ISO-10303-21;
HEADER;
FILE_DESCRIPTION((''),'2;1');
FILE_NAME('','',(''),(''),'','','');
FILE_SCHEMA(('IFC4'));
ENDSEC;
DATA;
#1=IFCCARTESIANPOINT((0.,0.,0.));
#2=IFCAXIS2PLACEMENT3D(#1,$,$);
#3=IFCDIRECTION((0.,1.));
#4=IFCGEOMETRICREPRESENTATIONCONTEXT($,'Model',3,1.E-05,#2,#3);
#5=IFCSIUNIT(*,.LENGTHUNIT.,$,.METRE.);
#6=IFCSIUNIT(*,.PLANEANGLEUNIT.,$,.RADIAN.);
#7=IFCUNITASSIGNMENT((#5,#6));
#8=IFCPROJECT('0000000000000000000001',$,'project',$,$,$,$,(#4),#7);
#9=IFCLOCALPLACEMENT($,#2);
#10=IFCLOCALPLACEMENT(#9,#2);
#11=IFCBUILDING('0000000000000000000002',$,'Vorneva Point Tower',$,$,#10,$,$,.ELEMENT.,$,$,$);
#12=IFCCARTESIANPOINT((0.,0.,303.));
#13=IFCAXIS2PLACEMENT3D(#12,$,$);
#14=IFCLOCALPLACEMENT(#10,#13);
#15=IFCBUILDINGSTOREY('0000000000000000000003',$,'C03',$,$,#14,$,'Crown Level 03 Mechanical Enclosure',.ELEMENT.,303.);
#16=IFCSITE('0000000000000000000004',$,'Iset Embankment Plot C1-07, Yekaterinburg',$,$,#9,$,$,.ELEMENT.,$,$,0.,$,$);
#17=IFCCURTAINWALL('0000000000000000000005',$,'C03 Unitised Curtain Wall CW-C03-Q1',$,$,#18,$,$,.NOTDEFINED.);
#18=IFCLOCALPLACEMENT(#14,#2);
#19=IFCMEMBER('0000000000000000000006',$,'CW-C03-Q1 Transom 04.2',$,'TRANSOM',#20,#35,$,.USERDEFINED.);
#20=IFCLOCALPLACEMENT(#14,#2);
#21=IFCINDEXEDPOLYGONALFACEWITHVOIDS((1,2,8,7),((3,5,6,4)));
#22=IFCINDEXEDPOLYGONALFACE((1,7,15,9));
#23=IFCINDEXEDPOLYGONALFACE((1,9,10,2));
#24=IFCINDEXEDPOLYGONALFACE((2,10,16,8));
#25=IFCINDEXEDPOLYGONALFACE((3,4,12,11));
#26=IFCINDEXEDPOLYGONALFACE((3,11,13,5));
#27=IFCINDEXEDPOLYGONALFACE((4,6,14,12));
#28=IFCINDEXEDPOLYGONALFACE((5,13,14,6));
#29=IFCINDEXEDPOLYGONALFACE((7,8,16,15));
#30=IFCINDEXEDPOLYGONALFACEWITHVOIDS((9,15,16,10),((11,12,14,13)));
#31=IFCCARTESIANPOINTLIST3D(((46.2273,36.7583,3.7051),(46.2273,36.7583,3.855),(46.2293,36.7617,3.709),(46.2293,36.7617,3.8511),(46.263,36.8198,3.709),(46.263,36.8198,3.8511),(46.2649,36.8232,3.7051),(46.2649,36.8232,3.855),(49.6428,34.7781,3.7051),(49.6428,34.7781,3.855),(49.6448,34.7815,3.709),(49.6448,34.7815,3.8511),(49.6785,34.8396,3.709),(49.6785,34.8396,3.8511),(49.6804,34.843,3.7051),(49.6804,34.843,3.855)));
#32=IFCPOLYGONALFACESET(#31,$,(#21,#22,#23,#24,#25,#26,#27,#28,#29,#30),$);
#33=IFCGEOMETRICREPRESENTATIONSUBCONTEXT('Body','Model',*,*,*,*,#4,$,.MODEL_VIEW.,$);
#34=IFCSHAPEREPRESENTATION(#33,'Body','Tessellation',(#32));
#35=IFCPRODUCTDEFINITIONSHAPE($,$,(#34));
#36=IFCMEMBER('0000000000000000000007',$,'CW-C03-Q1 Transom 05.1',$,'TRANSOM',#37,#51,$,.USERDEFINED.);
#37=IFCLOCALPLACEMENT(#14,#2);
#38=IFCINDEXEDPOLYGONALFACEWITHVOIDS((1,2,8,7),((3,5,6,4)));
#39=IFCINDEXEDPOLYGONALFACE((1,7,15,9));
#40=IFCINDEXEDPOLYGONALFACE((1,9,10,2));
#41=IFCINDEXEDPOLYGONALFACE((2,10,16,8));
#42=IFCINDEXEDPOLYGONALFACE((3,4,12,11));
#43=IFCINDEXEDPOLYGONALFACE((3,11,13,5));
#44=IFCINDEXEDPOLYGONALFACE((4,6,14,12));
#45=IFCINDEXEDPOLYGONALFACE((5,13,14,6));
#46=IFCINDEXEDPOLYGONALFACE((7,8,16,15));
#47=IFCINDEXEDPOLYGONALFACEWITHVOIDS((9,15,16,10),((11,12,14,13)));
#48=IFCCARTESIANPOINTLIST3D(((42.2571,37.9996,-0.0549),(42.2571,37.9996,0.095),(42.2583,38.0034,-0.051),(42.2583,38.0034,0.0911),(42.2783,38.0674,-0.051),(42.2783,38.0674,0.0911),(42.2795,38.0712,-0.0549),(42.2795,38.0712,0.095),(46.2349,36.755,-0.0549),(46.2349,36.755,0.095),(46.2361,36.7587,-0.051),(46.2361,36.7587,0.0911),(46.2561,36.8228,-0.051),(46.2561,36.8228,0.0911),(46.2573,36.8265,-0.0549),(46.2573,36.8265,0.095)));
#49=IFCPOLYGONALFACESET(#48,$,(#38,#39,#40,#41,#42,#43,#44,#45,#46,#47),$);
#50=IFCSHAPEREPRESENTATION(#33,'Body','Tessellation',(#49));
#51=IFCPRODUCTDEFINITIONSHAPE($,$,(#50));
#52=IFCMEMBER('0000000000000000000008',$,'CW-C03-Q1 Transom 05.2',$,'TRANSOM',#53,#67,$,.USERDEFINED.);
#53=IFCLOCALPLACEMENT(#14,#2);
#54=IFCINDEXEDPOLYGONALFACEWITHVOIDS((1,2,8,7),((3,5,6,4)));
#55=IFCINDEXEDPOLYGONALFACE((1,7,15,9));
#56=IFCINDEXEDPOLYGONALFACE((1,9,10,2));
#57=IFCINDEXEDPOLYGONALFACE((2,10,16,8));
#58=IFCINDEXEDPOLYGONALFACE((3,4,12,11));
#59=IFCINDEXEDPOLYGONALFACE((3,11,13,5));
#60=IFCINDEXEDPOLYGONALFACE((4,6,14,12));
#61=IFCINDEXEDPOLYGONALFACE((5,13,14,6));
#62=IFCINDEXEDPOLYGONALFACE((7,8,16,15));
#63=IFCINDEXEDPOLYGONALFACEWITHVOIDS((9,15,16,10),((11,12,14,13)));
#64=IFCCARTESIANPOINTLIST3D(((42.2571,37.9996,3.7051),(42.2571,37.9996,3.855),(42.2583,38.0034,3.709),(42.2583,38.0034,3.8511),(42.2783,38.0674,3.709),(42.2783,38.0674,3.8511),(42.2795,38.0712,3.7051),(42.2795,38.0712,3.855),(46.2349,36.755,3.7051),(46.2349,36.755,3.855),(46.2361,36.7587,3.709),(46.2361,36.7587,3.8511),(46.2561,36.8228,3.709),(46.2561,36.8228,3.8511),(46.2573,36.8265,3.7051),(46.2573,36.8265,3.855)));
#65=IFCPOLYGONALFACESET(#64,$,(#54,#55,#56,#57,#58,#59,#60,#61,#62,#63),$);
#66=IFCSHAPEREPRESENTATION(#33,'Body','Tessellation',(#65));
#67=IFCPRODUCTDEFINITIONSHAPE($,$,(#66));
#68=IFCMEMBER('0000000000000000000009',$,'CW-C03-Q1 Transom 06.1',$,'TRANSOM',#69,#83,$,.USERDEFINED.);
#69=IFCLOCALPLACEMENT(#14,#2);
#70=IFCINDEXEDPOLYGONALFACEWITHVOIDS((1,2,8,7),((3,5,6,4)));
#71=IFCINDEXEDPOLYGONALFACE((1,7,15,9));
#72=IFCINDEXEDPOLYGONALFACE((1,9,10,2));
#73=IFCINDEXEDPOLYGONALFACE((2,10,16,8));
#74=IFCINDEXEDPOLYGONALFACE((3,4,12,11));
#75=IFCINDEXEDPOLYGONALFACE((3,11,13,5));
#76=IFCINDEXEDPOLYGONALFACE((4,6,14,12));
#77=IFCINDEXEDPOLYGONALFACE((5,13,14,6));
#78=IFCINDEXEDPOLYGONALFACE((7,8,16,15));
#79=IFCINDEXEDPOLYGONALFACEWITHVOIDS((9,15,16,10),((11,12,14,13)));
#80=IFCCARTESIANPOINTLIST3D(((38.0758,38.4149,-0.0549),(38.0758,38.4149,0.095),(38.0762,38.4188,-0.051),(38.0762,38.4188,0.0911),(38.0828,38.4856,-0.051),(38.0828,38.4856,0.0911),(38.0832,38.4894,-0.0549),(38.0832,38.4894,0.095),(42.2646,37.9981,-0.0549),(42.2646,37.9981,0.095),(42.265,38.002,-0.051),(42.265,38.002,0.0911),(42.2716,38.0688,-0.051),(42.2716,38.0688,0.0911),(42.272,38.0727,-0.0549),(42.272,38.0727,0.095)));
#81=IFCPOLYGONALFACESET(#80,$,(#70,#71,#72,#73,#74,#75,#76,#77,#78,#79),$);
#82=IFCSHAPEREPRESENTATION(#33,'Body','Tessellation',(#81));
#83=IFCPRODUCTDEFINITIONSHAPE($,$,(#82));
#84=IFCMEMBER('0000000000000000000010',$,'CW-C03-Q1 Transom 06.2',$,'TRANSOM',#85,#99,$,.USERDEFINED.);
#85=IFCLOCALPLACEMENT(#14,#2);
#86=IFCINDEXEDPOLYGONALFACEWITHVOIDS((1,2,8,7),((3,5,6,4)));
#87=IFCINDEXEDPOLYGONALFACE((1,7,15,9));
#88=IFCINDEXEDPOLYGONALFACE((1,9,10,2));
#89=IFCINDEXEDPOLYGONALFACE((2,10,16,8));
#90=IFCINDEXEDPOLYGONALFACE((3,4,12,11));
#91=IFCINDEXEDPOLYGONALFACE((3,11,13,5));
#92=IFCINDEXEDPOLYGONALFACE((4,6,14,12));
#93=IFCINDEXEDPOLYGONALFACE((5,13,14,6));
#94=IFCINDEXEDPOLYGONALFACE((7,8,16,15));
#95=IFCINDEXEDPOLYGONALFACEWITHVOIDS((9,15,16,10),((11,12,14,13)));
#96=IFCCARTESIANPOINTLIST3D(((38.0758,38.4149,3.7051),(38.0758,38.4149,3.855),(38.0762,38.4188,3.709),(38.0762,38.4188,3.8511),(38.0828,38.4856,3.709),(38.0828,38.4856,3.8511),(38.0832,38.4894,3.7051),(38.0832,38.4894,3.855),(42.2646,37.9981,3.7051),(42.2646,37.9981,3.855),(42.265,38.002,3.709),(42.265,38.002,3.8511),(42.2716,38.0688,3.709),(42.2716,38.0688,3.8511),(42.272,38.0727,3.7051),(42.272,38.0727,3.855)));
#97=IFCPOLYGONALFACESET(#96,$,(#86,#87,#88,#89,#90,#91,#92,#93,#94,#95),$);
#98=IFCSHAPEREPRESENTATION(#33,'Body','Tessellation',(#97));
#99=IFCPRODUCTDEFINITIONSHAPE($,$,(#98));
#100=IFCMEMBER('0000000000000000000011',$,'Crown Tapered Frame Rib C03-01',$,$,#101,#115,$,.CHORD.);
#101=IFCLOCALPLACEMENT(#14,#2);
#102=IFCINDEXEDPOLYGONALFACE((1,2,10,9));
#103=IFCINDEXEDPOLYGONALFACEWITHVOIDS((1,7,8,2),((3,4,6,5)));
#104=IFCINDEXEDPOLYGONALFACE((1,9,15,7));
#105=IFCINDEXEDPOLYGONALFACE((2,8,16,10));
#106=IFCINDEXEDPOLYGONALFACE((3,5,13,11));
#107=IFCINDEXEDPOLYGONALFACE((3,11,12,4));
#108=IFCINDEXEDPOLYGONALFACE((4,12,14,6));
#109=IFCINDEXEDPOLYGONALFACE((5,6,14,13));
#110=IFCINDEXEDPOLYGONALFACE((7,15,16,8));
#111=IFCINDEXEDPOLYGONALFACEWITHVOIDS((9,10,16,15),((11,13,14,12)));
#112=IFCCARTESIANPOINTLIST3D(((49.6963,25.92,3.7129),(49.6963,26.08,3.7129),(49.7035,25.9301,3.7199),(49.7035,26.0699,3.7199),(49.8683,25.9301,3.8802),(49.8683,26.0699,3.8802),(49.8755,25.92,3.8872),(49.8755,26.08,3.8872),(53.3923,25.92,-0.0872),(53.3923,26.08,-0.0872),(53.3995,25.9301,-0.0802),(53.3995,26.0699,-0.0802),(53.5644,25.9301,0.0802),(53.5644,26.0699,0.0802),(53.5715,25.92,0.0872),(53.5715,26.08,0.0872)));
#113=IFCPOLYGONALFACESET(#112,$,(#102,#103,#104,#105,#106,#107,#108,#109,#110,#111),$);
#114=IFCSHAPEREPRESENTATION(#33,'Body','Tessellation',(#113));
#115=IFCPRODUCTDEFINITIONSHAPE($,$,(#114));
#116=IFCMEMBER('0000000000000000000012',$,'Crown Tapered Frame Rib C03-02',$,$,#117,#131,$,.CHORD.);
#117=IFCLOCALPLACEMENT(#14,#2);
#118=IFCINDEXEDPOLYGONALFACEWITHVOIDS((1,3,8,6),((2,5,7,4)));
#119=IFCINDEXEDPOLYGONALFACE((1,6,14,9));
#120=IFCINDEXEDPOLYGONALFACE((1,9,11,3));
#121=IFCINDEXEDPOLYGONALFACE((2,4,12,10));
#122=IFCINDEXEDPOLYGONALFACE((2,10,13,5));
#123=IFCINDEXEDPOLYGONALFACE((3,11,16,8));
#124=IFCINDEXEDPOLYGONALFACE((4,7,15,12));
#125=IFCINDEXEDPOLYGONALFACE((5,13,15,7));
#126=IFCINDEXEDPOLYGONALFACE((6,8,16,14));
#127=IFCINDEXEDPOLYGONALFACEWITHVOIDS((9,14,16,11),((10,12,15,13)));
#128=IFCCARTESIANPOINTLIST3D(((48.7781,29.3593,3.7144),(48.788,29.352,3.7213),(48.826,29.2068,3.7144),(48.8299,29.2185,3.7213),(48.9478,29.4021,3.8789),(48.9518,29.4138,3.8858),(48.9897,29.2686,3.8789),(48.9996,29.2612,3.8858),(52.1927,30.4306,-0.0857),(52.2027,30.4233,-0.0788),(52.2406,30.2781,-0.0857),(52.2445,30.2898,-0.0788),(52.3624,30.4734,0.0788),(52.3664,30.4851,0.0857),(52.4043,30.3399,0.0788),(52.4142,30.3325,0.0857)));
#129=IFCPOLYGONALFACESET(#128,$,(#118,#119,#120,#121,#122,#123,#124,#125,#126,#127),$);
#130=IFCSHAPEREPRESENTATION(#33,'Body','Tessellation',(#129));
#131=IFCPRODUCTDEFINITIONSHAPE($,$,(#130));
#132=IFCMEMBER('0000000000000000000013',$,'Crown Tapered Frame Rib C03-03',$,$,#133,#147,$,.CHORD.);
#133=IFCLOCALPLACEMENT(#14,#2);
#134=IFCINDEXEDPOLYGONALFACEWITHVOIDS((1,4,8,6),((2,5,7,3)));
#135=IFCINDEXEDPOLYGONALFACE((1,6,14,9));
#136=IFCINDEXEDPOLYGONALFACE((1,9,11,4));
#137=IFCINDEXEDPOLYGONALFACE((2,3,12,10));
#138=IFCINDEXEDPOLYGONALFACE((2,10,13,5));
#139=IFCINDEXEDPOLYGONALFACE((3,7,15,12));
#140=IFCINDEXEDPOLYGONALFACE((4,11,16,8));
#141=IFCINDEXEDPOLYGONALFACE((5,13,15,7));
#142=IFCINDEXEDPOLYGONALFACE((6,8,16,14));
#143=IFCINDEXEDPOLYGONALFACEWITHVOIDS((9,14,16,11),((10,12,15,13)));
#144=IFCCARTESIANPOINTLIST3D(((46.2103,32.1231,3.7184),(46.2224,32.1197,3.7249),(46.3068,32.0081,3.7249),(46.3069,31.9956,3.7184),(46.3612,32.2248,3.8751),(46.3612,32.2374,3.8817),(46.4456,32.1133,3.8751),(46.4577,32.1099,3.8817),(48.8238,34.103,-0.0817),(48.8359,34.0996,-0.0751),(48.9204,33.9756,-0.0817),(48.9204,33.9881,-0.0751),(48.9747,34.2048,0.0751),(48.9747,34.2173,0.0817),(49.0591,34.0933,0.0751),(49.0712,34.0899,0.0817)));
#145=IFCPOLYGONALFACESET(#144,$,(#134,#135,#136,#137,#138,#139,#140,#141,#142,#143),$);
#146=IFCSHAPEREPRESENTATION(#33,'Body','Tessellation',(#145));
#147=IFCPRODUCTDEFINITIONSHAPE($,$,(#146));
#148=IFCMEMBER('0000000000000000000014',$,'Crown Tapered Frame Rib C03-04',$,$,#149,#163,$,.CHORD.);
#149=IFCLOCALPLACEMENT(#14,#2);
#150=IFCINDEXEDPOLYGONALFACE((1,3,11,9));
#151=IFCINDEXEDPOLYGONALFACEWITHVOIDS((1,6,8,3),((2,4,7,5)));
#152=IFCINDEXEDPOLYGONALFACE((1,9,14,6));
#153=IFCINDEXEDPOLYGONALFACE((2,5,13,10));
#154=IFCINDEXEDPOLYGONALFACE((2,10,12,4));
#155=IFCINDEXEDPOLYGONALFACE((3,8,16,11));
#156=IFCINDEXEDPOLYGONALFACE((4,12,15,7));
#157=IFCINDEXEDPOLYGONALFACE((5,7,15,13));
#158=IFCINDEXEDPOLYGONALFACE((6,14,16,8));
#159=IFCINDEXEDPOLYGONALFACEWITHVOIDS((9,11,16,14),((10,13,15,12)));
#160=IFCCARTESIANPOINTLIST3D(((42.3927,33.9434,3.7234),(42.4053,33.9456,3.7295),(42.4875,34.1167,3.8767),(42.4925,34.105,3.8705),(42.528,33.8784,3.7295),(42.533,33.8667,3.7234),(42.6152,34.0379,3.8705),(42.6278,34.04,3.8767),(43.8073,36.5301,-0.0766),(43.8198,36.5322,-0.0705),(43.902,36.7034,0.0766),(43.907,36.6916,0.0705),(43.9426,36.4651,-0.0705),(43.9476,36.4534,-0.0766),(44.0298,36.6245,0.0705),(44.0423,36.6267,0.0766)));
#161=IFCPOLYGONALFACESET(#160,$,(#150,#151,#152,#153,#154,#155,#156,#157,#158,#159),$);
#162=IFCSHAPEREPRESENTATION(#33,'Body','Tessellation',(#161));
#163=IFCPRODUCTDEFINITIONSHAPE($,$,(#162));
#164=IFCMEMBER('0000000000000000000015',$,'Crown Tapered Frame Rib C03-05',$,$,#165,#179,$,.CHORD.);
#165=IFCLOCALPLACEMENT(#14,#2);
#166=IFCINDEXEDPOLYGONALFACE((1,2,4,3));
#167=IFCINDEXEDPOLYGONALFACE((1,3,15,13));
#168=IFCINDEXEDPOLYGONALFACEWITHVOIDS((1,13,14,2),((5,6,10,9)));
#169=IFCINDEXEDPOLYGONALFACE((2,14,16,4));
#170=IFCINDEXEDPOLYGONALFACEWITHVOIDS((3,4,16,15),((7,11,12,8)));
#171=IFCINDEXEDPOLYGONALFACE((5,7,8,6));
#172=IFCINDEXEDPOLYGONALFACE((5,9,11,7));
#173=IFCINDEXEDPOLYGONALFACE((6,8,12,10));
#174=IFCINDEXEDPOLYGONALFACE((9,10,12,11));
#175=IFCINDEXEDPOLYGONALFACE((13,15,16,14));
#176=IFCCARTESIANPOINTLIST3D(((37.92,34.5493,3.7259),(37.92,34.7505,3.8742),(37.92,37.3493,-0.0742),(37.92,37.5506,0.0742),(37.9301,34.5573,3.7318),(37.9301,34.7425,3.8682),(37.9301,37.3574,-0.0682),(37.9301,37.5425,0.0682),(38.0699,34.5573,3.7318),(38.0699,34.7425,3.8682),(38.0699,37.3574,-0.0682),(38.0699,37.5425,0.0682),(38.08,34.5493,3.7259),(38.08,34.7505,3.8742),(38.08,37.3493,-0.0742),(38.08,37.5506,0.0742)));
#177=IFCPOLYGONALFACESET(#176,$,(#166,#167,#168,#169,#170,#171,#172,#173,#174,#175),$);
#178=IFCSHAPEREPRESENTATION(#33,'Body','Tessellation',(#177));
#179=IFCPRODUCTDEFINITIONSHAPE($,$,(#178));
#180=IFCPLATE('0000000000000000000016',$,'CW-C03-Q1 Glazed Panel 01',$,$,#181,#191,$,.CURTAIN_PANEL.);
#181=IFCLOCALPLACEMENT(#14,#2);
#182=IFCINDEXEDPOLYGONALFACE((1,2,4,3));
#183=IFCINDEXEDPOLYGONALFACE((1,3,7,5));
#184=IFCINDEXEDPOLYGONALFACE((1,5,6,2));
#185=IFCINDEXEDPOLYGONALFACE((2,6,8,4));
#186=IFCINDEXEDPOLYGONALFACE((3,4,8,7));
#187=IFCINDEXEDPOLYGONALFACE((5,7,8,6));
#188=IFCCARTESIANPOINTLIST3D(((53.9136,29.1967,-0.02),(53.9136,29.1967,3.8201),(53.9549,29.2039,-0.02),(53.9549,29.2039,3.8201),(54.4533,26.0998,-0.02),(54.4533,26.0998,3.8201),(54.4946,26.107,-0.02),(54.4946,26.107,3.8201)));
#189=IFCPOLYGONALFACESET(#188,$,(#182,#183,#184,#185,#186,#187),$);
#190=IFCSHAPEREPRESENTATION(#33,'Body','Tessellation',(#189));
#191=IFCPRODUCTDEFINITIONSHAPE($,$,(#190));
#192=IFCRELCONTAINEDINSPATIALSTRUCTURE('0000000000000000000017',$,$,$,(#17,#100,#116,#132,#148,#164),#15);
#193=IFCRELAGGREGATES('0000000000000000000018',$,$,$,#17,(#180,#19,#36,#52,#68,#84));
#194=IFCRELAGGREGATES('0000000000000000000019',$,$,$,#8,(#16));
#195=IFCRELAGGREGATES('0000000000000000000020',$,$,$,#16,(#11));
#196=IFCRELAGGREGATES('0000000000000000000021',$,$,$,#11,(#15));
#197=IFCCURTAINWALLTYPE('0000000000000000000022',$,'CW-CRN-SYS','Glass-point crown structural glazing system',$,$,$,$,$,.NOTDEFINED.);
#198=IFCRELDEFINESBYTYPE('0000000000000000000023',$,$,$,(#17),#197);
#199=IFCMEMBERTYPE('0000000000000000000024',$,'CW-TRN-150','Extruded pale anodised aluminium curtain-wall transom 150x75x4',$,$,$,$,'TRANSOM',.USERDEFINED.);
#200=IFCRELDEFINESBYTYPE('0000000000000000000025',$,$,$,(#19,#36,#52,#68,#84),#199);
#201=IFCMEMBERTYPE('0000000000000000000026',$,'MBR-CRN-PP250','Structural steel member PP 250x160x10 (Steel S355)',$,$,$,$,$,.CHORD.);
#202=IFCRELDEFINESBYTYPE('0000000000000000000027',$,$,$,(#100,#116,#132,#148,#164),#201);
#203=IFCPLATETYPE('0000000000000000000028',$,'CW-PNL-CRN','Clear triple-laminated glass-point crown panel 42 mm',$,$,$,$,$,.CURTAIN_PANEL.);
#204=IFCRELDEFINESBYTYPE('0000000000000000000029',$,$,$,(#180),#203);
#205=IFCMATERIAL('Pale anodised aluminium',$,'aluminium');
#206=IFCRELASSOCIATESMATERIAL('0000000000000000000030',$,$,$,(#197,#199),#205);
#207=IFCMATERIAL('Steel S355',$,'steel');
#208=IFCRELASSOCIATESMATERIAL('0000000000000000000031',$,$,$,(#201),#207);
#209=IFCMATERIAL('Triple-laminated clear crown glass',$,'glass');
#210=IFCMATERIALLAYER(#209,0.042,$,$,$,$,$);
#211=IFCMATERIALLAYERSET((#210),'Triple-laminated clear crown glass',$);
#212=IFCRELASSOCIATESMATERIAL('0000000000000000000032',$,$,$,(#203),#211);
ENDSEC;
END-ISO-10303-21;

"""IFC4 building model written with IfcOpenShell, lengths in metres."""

from ifc_helpers import new_model, si_unit, direction, frame, origin, origin_2d, place, context, subcontext, project, spatial, rectangle, hollow_rectangle, extrude, material, layer, layer_set, material_profile, profile_set, type_object, element, aggregate, save


model = new_model("IFC4")

# Units and contexts
model_context = context("Model", 3, precision=1e-05, world=origin(), true_north=direction((0.0, 1.0)))
body_context = subcontext(model_context, "Body", "Model", "MODEL_VIEW")
ifc_project = project(units=[si_unit("LENGTHUNIT", "METRE"), si_unit("PLANEANGLEUNIT", "RADIAN")], contexts=[model_context])

# Site, building, storey
site_placement = place(None, origin())
site = spatial("IfcSite", under=ifc_project, at=site_placement, Name="Iset Embankment Plot C1-07, Yekaterinburg", CompositionType="ELEMENT", RefElevation=0.0)
building_placement = place(site_placement, origin())
building = spatial("IfcBuilding", under=site, at=building_placement, Name="Vorneva Point Tower", CompositionType="ELEMENT")
storey_placement = place(building_placement, frame((0.0, 0.0, 303.0)))
storey = spatial("IfcBuildingStorey", under=building, at=storey_placement, Name="C03", LongName="Crown Level 03 Mechanical Enclosure", CompositionType="ELEMENT", Elevation=303.0)

# Shared definitions
ifc_material_1 = material(Name="Steel S355", Category="steel")

# Curtain wall, members
ifc_material_2 = material(Name="Pale anodised aluminium", Category="aluminium")
curtain_wall_type = type_object("IfcCurtainWallType", Name="CW-CRN-SYS", Description="Glass-point crown structural glazing system", PredefinedType="NOTDEFINED", material=ifc_material_2)
curtain_wall_placement = place(storey_placement, origin())
curtain_wall = element("IfcCurtainWall", 1, at=curtain_wall_placement, inside=storey, type_object=curtain_wall_type, Name="C03 Unitised Curtain Wall CW-C03-Q1", PredefinedType="NOTDEFINED")
ifc_material_profile_1 = material_profile(ifc_material_2, hollow_rectangle(XDim=0.075, YDim=0.1499, WallThickness=0.0039, at=origin_2d()), Name="AL-TRN 150x75x4")
ifc_profile_set_1 = profile_set([ifc_material_profile_1], Name="Pale anodised aluminium")
member_type_1 = type_object("IfcMemberType", Name="CW-TRN-150", Description="Extruded pale anodised aluminium curtain-wall transom 150x75x4", ElementType="TRANSOM", PredefinedType="USERDEFINED", material=ifc_profile_set_1)
member_1_placement = place(storey_placement, frame((49.6616, 34.8105, 3.78), z_axis=(-0.865117, 0.50157, 0.0), x_axis=(-0.50157, -0.865117, 0.0)))
member_1 = element("IfcMember", 2, at=member_1_placement, type_object=member_type_1, Name="CW-C03-Q1 Transom 04.2", ObjectType="TRANSOM", PredefinedType="USERDEFINED", context=body_context, shape_type="SweptSolid", body=[
    extrude(hollow_rectangle(XDim=0.075, YDim=0.1499, WallThickness=0.0039, at=origin_2d()), origin(), (0.0, 0.0, 1.0), 3.948),
])
member_2_placement = place(storey_placement, frame((46.2461, 36.7908, 0.02), z_axis=(-0.954373, 0.298619, 0.0), x_axis=(-0.298619, -0.954373, 0.0)))
member_2 = element("IfcMember", 3, at=member_2_placement, type_object=member_type_1, Name="CW-C03-Q1 Transom 05.1", ObjectType="TRANSOM", PredefinedType="USERDEFINED", context=body_context, shape_type="SweptSolid", body=[
    extrude(hollow_rectangle(XDim=0.075, YDim=0.1499, WallThickness=0.0039, at=origin_2d()), origin(), (0.0, 0.0, 1.0), 4.168),
])
member_3_placement = place(storey_placement, frame((46.2461, 36.7908, 3.78), z_axis=(-0.954373, 0.298619, 0.0), x_axis=(-0.298619, -0.954373, 0.0)))
member_3 = element("IfcMember", 4, at=member_3_placement, type_object=member_type_1, Name="CW-C03-Q1 Transom 05.2", ObjectType="TRANSOM", PredefinedType="USERDEFINED", context=body_context, shape_type="SweptSolid", body=[
    extrude(hollow_rectangle(XDim=0.075, YDim=0.1499, WallThickness=0.0039, at=origin_2d()), origin(), (0.0, 0.0, 1.0), 4.168),
])
member_4_placement = place(storey_placement, frame((42.2683, 38.0354, 0.02), z_axis=(-0.995087, 0.099004, 0.0), x_axis=(-0.099004, -0.995087, 0.0)))
member_4 = element("IfcMember", 5, at=member_4_placement, type_object=member_type_1, Name="CW-C03-Q1 Transom 06.1", ObjectType="TRANSOM", PredefinedType="USERDEFINED", context=body_context, shape_type="SweptSolid", body=[
    extrude(hollow_rectangle(XDim=0.075, YDim=0.1499, WallThickness=0.0039, at=origin_2d()), origin(), (0.0, 0.0, 1.0), 4.2095),
])
member_5_placement = place(storey_placement, frame((42.2683, 38.0354, 3.78), z_axis=(-0.995087, 0.099004, 0.0), x_axis=(-0.099004, -0.995087, 0.0)))
member_5 = element("IfcMember", 6, at=member_5_placement, type_object=member_type_1, Name="CW-C03-Q1 Transom 06.2", ObjectType="TRANSOM", PredefinedType="USERDEFINED", context=body_context, shape_type="SweptSolid", body=[
    extrude(hollow_rectangle(XDim=0.075, YDim=0.1499, WallThickness=0.0039, at=origin_2d()), origin(), (0.0, 0.0, 1.0), 4.2095),
])

# Members
ifc_material_profile_2 = material_profile(ifc_material_1, hollow_rectangle(XDim=0.1599, YDim=0.25, WallThickness=0.01, at=origin_2d()), Name="PP 250x160x10")
ifc_profile_set_2 = profile_set([ifc_material_profile_2], Name="Steel S355")
member_type_2 = type_object("IfcMemberType", Name="MBR-CRN-PP250", Description="Structural steel member PP 250x160x10 (Steel S355)", PredefinedType="CHORD", material=ifc_profile_set_2)
member_6_placement = place(storey_placement, frame((53.4819, 26.0, 0.0), z_axis=(-0.697229, 0.0, 0.716848), x_axis=(0.0, -1.0, 0.0)))
element("IfcMember", 7, at=member_6_placement, inside=storey, type_object=member_type_2, Name="Crown Tapered Frame Rib C03-01", PredefinedType="CHORD", context=body_context, shape_type="SweptSolid", body=[
    extrude(hollow_rectangle(XDim=0.1599, YDim=0.25, WallThickness=0.01, at=origin_2d()), origin(), (0.0, 0.0, 1.0), 5.301),
])
member_7_placement = place(storey_placement, frame((52.3035, 30.3816, 0.0), z_axis=(-0.654143, -0.205232, 0.727995), x_axis=(0.299355, -0.954142, 0.0)))
element("IfcMember", 8, at=member_7_placement, inside=storey, type_object=member_type_2, Name="Crown Tapered Frame Rib C03-02", PredefinedType="CHORD", context=body_context, shape_type="SweptSolid", body=[
    extrude(hollow_rectangle(XDim=0.1599, YDim=0.25, WallThickness=0.01, at=origin_2d()), origin(), (0.0, 0.0, 1.0), 5.22),
])
member_8_placement = place(storey_placement, frame((48.9475, 34.0964, 0.0), z_axis=(-0.520718, -0.39449, 0.75712), x_axis=(0.603865, -0.797087, 0.0)))
element("IfcMember", 9, at=member_8_placement, inside=storey, type_object=member_type_2, Name="Crown Tapered Frame Rib C03-03", PredefinedType="CHORD", context=body_context, shape_type="SweptSolid", body=[
    extrude(hollow_rectangle(XDim=0.1599, YDim=0.25, WallThickness=0.01, at=origin_2d()), origin(), (0.0, 0.0, 1.0), 5.019),
])
member_9_placement = place(storey_placement, frame((43.9248, 36.5784, 0.0), z_axis=(-0.29411, -0.537815, 0.790098), x_axis=(0.877376, -0.479803, 0.0)))
element("IfcMember", 10, at=member_9_placement, inside=storey, type_object=member_type_2, Name="Crown Tapered Frame Rib C03-04", PredefinedType="CHORD", context=body_context, shape_type="SweptSolid", body=[
    extrude(hollow_rectangle(XDim=0.1599, YDim=0.25, WallThickness=0.01, at=origin_2d()), origin(), (0.0, 0.0, 1.0), 4.8096),
])
member_10_placement = place(storey_placement, frame((38.0, 37.45, 0.0), z_axis=(0.0, -0.593201, 0.805055), x_axis=(1.0, 0.0, 0.0)))
element("IfcMember", 11, at=member_10_placement, inside=storey, type_object=member_type_2, Name="Crown Tapered Frame Rib C03-05", PredefinedType="CHORD", context=body_context, shape_type="SweptSolid", body=[
    extrude(hollow_rectangle(XDim=0.1599, YDim=0.25, WallThickness=0.01, at=origin_2d()), origin(), (0.0, 0.0, 1.0), 4.7202),
])

# Plate
ifc_material_3 = material(Name="Triple-laminated clear crown glass", Category="glass")
ifc_layer = layer(ifc_material_3, 0.042)
ifc_layer_set = layer_set([ifc_layer], Name="Triple-laminated clear crown glass")
plate_type = type_object("IfcPlateType", Name="CW-PNL-CRN", Description="Clear triple-laminated glass-point crown panel 42 mm", PredefinedType="CURTAIN_PANEL", material=ifc_layer_set)
plate_1_placement = place(storey_placement, frame((54.2041, 27.6519, -0.02), z_axis=(0.0, 0.0, 1.0), x_axis=(-0.171688, 0.985151, 0.0)))
plate_1 = element("IfcPlate", 12, at=plate_1_placement, type_object=plate_type, Name="CW-C03-Q1 Glazed Panel 01", PredefinedType="CURTAIN_PANEL", context=body_context, shape_type="SweptSolid", body=[
    extrude(rectangle(XDim=3.1436, YDim=0.042, at=origin_2d()), origin(), (0.0, 0.0, 1.0), 3.8401),
])
aggregate(curtain_wall, [plate_1, member_1, member_2, member_3, member_4, member_5])

save(model, "model.ifc")
